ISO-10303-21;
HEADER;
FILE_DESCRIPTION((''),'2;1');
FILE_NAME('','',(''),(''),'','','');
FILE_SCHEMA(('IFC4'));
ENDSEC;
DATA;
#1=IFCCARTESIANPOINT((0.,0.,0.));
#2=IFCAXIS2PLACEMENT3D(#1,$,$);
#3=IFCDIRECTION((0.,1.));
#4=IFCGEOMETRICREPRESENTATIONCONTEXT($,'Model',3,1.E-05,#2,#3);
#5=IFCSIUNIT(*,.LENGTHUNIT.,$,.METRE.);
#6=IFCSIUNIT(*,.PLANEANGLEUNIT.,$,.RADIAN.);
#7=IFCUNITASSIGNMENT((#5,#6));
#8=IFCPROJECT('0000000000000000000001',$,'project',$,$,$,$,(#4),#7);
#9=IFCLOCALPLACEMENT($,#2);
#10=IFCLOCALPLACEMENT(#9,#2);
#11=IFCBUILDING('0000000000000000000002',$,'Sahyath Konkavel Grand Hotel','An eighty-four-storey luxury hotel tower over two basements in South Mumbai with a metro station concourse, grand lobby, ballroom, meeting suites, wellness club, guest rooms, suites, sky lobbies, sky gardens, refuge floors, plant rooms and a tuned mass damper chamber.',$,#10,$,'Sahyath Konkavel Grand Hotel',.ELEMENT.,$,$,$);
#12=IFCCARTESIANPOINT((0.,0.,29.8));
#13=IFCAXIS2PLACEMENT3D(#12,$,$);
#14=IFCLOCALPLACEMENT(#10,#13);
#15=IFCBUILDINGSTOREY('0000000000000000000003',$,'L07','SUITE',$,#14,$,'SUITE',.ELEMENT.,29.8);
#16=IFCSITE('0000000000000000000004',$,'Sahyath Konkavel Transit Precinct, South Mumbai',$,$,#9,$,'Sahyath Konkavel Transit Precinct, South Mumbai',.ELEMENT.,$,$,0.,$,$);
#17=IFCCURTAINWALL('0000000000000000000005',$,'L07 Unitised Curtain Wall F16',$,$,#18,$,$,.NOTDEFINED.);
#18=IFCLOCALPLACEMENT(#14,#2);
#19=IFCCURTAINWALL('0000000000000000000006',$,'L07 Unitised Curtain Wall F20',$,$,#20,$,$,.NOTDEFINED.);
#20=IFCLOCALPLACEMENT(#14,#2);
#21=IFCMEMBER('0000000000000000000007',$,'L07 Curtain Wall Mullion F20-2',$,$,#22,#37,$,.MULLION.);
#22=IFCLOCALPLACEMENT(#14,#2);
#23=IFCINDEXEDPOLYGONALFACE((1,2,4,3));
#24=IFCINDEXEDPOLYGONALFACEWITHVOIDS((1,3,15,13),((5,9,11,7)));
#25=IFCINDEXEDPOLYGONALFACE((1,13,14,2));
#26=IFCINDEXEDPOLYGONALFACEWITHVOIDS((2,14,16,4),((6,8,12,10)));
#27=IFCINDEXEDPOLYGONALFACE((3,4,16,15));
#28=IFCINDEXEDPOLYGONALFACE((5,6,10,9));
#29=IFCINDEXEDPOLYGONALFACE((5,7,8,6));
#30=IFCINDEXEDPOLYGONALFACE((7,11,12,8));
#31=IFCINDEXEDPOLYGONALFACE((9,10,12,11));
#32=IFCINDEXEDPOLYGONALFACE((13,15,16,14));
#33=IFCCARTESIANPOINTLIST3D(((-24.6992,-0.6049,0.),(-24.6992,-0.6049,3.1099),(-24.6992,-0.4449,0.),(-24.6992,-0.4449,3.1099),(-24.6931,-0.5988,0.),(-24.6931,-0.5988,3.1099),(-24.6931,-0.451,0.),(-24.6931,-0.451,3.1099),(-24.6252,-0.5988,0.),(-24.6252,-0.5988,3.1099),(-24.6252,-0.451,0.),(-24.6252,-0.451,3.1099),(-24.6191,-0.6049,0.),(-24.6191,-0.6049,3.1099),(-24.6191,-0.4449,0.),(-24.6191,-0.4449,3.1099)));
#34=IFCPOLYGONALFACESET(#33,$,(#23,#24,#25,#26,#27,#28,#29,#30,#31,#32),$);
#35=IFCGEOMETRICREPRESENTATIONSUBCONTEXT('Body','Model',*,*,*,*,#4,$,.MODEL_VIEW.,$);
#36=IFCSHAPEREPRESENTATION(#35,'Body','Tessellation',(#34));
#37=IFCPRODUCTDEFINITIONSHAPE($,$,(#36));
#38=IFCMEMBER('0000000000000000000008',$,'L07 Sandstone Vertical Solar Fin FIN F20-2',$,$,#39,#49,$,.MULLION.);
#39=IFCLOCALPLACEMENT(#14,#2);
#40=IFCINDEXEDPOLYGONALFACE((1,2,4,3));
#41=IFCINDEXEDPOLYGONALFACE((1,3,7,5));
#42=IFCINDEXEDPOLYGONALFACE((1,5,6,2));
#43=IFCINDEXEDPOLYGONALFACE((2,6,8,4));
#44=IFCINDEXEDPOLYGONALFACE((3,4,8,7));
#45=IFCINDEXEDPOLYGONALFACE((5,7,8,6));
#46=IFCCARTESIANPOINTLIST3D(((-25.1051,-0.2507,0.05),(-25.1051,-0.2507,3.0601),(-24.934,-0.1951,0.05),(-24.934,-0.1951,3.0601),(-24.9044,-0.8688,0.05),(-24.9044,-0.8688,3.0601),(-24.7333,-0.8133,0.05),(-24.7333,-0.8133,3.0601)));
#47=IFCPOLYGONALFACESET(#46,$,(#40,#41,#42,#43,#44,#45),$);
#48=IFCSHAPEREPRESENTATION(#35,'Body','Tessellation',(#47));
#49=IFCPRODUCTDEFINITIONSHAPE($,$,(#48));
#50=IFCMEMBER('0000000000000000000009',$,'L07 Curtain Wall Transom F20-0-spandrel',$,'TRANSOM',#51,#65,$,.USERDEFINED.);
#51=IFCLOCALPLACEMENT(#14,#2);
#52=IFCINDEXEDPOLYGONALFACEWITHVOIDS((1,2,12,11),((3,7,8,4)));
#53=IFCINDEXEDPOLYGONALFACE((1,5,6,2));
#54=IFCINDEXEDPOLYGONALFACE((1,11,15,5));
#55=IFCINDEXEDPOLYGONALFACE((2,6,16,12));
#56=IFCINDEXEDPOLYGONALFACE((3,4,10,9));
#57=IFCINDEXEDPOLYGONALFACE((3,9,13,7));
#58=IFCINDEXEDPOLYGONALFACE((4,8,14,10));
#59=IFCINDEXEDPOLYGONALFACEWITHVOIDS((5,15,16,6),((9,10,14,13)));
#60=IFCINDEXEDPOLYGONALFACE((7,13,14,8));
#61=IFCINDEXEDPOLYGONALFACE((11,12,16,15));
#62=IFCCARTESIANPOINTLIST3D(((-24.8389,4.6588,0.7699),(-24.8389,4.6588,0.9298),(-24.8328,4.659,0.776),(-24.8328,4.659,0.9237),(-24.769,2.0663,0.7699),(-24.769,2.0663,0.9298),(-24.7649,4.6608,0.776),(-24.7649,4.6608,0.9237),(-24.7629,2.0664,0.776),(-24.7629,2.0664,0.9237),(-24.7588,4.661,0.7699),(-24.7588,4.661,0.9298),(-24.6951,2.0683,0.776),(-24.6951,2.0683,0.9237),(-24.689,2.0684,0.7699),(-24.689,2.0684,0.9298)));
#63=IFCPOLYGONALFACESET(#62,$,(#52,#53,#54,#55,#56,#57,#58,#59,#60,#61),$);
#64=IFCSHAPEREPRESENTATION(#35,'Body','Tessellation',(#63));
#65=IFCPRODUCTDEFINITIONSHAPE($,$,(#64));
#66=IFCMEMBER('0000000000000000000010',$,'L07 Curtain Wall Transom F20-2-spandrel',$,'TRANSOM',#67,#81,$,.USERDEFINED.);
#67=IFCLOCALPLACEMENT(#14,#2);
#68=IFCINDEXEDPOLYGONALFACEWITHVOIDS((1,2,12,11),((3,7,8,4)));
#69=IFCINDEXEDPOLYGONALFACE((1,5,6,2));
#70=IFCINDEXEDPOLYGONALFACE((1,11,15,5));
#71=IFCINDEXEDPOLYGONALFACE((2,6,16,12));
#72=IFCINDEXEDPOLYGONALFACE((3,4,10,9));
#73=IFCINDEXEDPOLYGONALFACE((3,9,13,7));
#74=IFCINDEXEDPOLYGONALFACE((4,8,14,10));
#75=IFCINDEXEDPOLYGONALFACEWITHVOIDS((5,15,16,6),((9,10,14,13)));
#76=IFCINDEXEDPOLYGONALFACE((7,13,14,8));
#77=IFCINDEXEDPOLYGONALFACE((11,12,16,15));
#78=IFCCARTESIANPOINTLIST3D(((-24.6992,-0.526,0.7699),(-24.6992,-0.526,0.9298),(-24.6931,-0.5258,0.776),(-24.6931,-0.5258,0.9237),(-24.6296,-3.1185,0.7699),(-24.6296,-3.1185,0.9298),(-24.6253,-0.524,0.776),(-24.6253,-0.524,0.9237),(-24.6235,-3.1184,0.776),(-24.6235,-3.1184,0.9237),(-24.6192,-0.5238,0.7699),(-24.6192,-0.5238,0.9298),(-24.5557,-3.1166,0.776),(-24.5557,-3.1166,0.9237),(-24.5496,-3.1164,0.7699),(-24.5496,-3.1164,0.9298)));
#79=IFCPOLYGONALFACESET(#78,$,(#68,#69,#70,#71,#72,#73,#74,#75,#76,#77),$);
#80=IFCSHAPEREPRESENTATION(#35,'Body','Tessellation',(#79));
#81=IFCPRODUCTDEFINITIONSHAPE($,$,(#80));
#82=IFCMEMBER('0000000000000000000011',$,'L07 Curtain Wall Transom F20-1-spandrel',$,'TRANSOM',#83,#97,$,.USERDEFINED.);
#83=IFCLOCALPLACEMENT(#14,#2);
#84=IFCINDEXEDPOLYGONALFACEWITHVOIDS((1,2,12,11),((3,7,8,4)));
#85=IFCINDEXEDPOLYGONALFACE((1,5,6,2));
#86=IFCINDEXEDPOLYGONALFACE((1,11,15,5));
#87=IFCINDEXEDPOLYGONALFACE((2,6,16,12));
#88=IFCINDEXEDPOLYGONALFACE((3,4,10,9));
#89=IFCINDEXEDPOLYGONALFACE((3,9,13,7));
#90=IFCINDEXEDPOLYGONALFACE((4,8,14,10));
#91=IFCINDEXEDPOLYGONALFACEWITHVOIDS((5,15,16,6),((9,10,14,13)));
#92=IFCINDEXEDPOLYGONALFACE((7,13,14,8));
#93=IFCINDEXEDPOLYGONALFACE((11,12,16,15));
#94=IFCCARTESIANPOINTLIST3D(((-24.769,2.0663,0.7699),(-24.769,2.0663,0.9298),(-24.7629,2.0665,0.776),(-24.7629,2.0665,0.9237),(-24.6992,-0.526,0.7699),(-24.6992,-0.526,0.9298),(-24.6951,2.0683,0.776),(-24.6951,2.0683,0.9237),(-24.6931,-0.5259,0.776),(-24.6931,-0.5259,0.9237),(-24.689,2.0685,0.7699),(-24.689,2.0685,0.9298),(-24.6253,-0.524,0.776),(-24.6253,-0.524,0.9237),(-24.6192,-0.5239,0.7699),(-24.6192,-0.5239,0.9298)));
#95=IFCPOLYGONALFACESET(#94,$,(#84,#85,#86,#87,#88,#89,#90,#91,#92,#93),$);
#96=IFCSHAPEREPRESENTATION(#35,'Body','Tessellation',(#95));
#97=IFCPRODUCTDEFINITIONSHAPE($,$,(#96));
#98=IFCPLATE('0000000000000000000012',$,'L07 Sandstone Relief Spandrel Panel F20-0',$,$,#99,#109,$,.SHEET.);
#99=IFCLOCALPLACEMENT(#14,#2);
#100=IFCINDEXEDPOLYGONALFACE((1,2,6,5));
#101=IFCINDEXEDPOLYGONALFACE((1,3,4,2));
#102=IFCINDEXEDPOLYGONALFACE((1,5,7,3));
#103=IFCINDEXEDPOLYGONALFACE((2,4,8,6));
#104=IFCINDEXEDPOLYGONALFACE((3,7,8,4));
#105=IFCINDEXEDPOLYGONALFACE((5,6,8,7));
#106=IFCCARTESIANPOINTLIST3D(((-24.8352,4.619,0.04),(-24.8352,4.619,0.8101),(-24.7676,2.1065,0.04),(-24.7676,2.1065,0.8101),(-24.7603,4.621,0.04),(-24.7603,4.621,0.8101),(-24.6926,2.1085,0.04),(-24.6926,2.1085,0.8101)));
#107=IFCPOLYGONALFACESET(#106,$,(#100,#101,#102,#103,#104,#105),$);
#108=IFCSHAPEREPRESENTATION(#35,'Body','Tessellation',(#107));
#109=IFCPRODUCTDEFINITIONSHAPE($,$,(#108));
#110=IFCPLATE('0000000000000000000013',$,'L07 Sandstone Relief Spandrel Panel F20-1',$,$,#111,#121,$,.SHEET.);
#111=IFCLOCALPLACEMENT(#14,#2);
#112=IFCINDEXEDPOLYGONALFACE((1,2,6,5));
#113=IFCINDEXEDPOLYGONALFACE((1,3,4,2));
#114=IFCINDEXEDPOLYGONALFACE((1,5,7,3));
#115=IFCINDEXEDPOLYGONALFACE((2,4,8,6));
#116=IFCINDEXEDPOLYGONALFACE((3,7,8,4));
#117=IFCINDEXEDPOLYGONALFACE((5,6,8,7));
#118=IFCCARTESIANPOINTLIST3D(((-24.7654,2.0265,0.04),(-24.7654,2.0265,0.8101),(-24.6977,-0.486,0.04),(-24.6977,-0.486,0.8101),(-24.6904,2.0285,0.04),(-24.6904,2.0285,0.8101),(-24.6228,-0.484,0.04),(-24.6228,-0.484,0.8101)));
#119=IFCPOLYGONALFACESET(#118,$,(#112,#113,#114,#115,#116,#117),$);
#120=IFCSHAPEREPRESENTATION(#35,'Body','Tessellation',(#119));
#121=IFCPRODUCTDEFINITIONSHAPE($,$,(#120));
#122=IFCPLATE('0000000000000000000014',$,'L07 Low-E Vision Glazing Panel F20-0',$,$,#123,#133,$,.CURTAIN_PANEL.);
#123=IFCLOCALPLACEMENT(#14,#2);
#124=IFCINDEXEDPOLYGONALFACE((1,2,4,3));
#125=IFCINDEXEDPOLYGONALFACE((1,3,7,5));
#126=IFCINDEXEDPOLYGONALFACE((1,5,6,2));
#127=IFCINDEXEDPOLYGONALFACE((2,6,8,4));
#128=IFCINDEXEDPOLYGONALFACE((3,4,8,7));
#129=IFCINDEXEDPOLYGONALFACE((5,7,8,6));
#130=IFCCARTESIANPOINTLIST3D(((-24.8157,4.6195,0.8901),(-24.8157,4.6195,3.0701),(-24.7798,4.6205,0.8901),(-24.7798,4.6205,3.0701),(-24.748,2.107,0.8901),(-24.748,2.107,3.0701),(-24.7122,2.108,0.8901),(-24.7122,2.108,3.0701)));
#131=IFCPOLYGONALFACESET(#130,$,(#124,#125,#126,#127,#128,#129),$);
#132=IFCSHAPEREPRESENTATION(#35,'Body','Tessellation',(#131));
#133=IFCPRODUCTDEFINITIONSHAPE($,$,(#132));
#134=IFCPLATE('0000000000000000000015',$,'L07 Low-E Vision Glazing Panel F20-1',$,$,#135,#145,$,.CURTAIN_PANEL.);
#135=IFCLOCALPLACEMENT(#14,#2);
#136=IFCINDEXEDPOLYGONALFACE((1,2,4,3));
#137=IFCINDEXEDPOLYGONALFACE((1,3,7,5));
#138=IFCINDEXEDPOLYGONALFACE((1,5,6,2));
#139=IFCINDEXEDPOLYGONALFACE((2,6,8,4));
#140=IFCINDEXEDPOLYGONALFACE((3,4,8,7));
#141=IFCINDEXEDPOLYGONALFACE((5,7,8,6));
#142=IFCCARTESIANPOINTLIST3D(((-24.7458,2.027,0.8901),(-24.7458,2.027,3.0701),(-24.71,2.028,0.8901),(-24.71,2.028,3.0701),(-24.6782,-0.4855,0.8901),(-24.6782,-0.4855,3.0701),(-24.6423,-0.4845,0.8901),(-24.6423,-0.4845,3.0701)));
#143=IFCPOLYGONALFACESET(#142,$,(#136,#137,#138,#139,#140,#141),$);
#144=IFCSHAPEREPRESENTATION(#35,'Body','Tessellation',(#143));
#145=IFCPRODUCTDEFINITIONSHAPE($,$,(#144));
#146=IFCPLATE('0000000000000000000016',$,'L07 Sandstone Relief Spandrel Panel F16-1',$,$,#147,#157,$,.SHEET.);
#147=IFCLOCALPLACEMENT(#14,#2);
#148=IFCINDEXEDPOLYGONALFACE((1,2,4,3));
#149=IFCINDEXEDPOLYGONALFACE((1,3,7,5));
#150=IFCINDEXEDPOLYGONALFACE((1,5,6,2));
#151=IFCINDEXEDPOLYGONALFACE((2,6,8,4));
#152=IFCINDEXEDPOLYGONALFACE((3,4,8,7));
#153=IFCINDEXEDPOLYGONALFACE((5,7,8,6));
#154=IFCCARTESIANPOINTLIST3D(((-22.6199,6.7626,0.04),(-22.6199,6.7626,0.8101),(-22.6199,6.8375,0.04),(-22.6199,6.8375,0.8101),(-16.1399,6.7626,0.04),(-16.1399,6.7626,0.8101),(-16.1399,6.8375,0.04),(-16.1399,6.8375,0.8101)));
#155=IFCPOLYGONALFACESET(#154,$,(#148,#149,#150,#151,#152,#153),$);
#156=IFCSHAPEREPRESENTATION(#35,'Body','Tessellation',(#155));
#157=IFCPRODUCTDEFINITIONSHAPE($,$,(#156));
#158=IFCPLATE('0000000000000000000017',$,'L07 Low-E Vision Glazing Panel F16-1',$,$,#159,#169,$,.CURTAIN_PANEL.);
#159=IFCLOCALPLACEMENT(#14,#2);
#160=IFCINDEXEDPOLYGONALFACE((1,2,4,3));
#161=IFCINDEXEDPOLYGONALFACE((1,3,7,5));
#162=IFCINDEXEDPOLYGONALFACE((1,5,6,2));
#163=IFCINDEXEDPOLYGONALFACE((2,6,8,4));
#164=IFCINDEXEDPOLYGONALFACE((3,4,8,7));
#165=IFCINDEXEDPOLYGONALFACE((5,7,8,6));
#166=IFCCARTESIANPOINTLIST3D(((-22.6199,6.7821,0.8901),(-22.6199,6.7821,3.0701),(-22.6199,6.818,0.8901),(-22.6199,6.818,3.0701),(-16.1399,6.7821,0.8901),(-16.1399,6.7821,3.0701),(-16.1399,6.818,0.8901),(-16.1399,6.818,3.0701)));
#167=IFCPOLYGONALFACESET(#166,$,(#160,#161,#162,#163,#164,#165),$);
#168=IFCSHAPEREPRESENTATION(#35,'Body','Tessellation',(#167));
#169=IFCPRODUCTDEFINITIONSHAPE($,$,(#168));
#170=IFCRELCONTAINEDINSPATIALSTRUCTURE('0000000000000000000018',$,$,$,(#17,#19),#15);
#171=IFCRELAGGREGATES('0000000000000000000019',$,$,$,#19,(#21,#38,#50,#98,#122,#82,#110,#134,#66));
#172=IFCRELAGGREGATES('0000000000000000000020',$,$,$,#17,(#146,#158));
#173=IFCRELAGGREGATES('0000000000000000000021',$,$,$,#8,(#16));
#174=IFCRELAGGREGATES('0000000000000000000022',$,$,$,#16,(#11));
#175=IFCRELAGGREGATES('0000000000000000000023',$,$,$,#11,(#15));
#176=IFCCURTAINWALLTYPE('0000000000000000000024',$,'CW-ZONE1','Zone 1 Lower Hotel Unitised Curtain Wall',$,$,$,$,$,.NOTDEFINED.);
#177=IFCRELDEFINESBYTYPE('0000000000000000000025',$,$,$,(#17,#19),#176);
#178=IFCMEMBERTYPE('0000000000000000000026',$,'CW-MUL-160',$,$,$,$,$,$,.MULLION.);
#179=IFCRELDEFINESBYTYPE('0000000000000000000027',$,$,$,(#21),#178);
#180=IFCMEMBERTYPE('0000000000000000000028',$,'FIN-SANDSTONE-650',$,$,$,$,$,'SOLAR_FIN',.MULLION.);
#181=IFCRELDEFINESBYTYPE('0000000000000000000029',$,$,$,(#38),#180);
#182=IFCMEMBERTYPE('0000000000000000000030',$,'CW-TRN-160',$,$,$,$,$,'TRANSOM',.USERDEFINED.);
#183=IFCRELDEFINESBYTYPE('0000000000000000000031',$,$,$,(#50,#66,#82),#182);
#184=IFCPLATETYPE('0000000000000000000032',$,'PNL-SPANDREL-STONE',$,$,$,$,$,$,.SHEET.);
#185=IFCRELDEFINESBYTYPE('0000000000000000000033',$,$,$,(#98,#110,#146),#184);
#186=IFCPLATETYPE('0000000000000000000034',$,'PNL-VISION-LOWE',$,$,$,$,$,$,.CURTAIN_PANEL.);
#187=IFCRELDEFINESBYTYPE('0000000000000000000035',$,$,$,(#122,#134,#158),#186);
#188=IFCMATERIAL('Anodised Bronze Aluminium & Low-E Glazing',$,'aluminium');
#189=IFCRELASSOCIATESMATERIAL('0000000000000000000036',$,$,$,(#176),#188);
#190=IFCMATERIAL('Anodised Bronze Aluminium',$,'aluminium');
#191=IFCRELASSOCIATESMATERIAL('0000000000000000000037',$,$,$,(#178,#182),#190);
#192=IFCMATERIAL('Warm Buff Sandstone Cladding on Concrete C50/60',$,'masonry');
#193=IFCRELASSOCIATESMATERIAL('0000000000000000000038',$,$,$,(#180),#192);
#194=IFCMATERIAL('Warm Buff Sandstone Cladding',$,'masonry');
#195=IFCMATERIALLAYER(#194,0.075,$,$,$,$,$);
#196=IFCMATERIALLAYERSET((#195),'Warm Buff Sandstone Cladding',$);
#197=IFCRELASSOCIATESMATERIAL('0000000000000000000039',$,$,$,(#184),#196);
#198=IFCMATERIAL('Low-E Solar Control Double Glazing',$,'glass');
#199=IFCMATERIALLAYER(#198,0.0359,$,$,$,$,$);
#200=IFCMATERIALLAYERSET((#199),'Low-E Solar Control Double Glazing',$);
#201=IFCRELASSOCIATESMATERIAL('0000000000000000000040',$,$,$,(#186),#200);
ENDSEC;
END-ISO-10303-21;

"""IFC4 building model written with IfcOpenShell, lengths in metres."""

from ifc_helpers import new_model, si_unit, direction, frame, origin, origin_2d, place, context, subcontext, project, spatial, rectangle, hollow_rectangle, extrude, source, transform, mapped, material, layer, layer_set, material_profile, profile_set, type_object, element, aggregate, save


model = new_model("IFC4")

# Units and contexts
model_context = context("Model", 3, precision=1e-05, world=origin(), true_north=direction((0.0, 1.0)))
body_context = subcontext(model_context, "Body", "Model", "MODEL_VIEW")
ifc_project = project(units=[si_unit("LENGTHUNIT", "METRE"), si_unit("PLANEANGLEUNIT", "RADIAN")], contexts=[model_context])

# Site, building, storey
site_placement = place(None, origin())
site = spatial("IfcSite", under=ifc_project, at=site_placement, Name="Sahyath Konkavel Transit Precinct, South Mumbai", LongName="Sahyath Konkavel Transit Precinct, South Mumbai", CompositionType="ELEMENT", RefElevation=0.0)
building_placement = place(site_placement, origin())
building = spatial("IfcBuilding", under=site, at=building_placement, Name="Sahyath Konkavel Grand Hotel", Description="An eighty-four-storey luxury hotel tower over two basements in South Mumbai with a metro station concourse, grand lobby, ballroom, meeting suites, wellness club, guest rooms, suites, sky lobbies, sky gardens, refuge floors, plant rooms and a tuned mass damper chamber.", LongName="Sahyath Konkavel Grand Hotel", CompositionType="ELEMENT")
storey_placement = place(building_placement, frame((0.0, 0.0, 29.8)))
storey = spatial("IfcBuildingStorey", under=building, at=storey_placement, Name="L07", Description="SUITE", LongName="SUITE", CompositionType="ELEMENT", Elevation=29.8)

# Curtain wall
ifc_material_1 = material(Name="Anodised Bronze Aluminium & Low-E Glazing", Category="aluminium")
curtain_wall_type = type_object("IfcCurtainWallType", Name="CW-ZONE1", Description="Zone 1 Lower Hotel Unitised Curtain Wall", PredefinedType="NOTDEFINED", material=ifc_material_1)
curtain_wall_1_placement = place(storey_placement, origin())
curtain_wall_1 = element("IfcCurtainWall", 1, at=curtain_wall_1_placement, inside=storey, type_object=curtain_wall_type, Name="L07 Unitised Curtain Wall F16", PredefinedType="NOTDEFINED")
ifc_material_2 = material(Name="Anodised Bronze Aluminium", Category="aluminium")
ifc_material_profile_1 = material_profile(ifc_material_2, hollow_rectangle(XDim=0.0801, YDim=0.1599, WallThickness=0.0061, at=origin_2d()), Name="RHS 160x80x6")
ifc_profile_set_1 = profile_set([ifc_material_profile_1], Name="Anodised Bronze Aluminium")
member_type_1 = type_object("IfcMemberType", Name="CW-MUL-160", PredefinedType="MULLION", material=ifc_profile_set_1)
shared_shape_1 = source(origin(), body_context, "Body", "SweptSolid", [
    extrude(hollow_rectangle(XDim=0.0801, YDim=0.1599, WallThickness=0.0061, at=origin_2d()), origin(), (0.0, 0.0, 1.0), 3.1099),
])

# Curtain wall, members, plates
curtain_wall_2_placement = place(storey_placement, origin())
curtain_wall_2 = element("IfcCurtainWall", 2, at=curtain_wall_2_placement, inside=storey, type_object=curtain_wall_type, Name="L07 Unitised Curtain Wall F20", PredefinedType="NOTDEFINED")
member_1_placement = place(storey_placement, frame((-24.6592, -0.5249, 0.0), z_axis=(0.0, 0.0, 1.0), x_axis=(1.0, 0.0, 0.0)))
member_1 = element("IfcMember", 3, at=member_1_placement, type_object=member_type_1, Name="L07 Curtain Wall Mullion F20-2", PredefinedType="MULLION", context=body_context, shape_type="MappedRepresentation", body=[
    mapped(shared_shape_1, transform((0.0, 0.0, 0.0), scale=1.0)),
])
ifc_material_3 = material(Name="Warm Buff Sandstone Cladding on Concrete C50/60", Category="masonry")
ifc_material_profile_2 = material_profile(ifc_material_3, rectangle(XDim=0.1799, YDim=0.6499, at=origin_2d()), Name="FIN 180x650")
ifc_profile_set_2 = profile_set([ifc_material_profile_2], Name="Warm Buff Sandstone Cladding on Concrete C50/60")
member_type_2 = type_object("IfcMemberType", Name="FIN-SANDSTONE-650", ElementType="SOLAR_FIN", PredefinedType="MULLION", material=ifc_profile_set_2)
shared_shape_2 = source(origin(), body_context, "Body", "SweptSolid", [
    extrude(rectangle(XDim=0.1799, YDim=0.6499, at=origin_2d()), origin(), (0.0, 0.0, 1.0), 3.01),
])
member_2_placement = place(storey_placement, frame((-24.9192, -0.532, 0.05), z_axis=(0.0, 0.0, 1.0), x_axis=(0.95111, 0.308851, 0.0)))
member_2 = element("IfcMember", 4, at=member_2_placement, type_object=member_type_2, Name="L07 Sandstone Vertical Solar Fin FIN F20-2", PredefinedType="MULLION", context=body_context, shape_type="MappedRepresentation", body=[
    mapped(shared_shape_2, transform((0.0, 0.0, 0.0), scale=1.0)),
])
ifc_material_profile_3 = material_profile(ifc_material_2, hollow_rectangle(XDim=0.0801, YDim=0.1599, WallThickness=0.0061, at=origin_2d()), Name="RHS 160x80x6")
ifc_profile_set_3 = profile_set([ifc_material_profile_3], Name="Anodised Bronze Aluminium")
member_type_3 = type_object("IfcMemberType", Name="CW-TRN-160", ElementType="TRANSOM", PredefinedType="USERDEFINED", material=ifc_profile_set_3)
shared_shape_3 = source(origin(), body_context, "Body", "SweptSolid", [
    extrude(hollow_rectangle(XDim=0.0801, YDim=0.1599, WallThickness=0.0061, at=origin_2d()), origin(), (0.0, 0.0, 1.0), 2.5935),
])
member_3_placement = place(storey_placement, frame((-24.7988, 4.6599, 0.8499), z_axis=(0.026923, -0.999638, 0.0), x_axis=(0.999638, 0.026923, 0.0)))
member_3 = element("IfcMember", 5, at=member_3_placement, type_object=member_type_3, Name="L07 Curtain Wall Transom F20-0-spandrel", ObjectType="TRANSOM", PredefinedType="USERDEFINED", context=body_context, shape_type="MappedRepresentation", body=[
    mapped(shared_shape_3, transform((0.0, 0.0, 0.0), scale=1.0)),
])
member_4_placement = place(storey_placement, frame((-24.6592, -0.5249, 0.8499), z_axis=(0.026829, -0.99964, 0.0), x_axis=(0.99964, 0.026829, 0.0)))
member_4 = element("IfcMember", 6, at=member_4_placement, type_object=member_type_3, Name="L07 Curtain Wall Transom F20-2-spandrel", ObjectType="TRANSOM", PredefinedType="USERDEFINED", context=body_context, shape_type="MappedRepresentation", body=[
    mapped(shared_shape_3, transform((0.0, 0.0, 0.0), scale=1.0)),
])
shared_shape_4 = source(origin(), body_context, "Body", "SweptSolid", [
    extrude(hollow_rectangle(XDim=0.0801, YDim=0.1599, WallThickness=0.0061, at=origin_2d()), origin(), (0.0, 0.0, 1.0), 2.5933),
])
member_5_placement = place(storey_placement, frame((-24.729, 2.0674, 0.8499), z_axis=(0.026926, -0.999637, 0.0), x_axis=(0.999637, 0.026926, 0.0)))
member_5 = element("IfcMember", 7, at=member_5_placement, type_object=member_type_3, Name="L07 Curtain Wall Transom F20-1-spandrel", ObjectType="TRANSOM", PredefinedType="USERDEFINED", context=body_context, shape_type="MappedRepresentation", body=[
    mapped(shared_shape_4, transform((0.0, 0.0, 0.0), scale=1.0)),
])
ifc_material_4 = material(Name="Warm Buff Sandstone Cladding", Category="masonry")
ifc_layer_1 = layer(ifc_material_4, 0.075)
ifc_layer_set_1 = layer_set([ifc_layer_1], Name="Warm Buff Sandstone Cladding")
plate_type_1 = type_object("IfcPlateType", Name="PNL-SPANDREL-STONE", PredefinedType="SHEET", material=ifc_layer_set_1)
shared_shape_5 = source(origin(), body_context, "Body", "SweptSolid", [
    extrude(rectangle(XDim=2.5134, YDim=0.075, at=origin_2d()), origin(), (0.0, 0.0, 1.0), 0.77),
])
plate_1_placement = place(storey_placement, frame((-24.7639, 3.3638, 0.04), z_axis=(0.0, 0.0, 1.0), x_axis=(0.02691, -0.999638, 0.0)))
plate_1 = element("IfcPlate", 8, at=plate_1_placement, type_object=plate_type_1, Name="L07 Sandstone Relief Spandrel Panel F20-0", PredefinedType="SHEET", context=body_context, shape_type="MappedRepresentation", body=[
    mapped(shared_shape_5, transform((0.0, 0.0, 0.0), scale=1.0)),
])
plate_2_placement = place(storey_placement, frame((-24.6941, 0.7712, 0.04), z_axis=(0.0, 0.0, 1.0), x_axis=(0.02691, -0.999638, 0.0)))
plate_2 = element("IfcPlate", 9, at=plate_2_placement, type_object=plate_type_1, Name="L07 Sandstone Relief Spandrel Panel F20-1", PredefinedType="SHEET", context=body_context, shape_type="MappedRepresentation", body=[
    mapped(shared_shape_5, transform((0.0, 0.0, 0.0), scale=1.0)),
])
ifc_material_5 = material(Name="Low-E Solar Control Double Glazing", Category="glass")
ifc_layer_2 = layer(ifc_material_5, 0.0359)
ifc_layer_set_2 = layer_set([ifc_layer_2], Name="Low-E Solar Control Double Glazing")
plate_type_2 = type_object("IfcPlateType", Name="PNL-VISION-LOWE", PredefinedType="CURTAIN_PANEL", material=ifc_layer_set_2)
shared_shape_6 = source(origin(), body_context, "Body", "SweptSolid", [
    extrude(rectangle(XDim=2.5134, YDim=0.0359, at=origin_2d()), origin(), (0.0, 0.0, 1.0), 2.1799),
])
plate_3_placement = place(storey_placement, frame((-24.7639, 3.3638, 0.8901), z_axis=(0.0, 0.0, 1.0), x_axis=(0.02691, -0.999638, 0.0)))
plate_3 = element("IfcPlate", 10, at=plate_3_placement, type_object=plate_type_2, Name="L07 Low-E Vision Glazing Panel F20-0", PredefinedType="CURTAIN_PANEL", context=body_context, shape_type="MappedRepresentation", body=[
    mapped(shared_shape_6, transform((0.0, 0.0, 0.0), scale=1.0)),
])
plate_4_placement = place(storey_placement, frame((-24.6941, 0.7712, 0.8901), z_axis=(0.0, 0.0, 1.0), x_axis=(0.02691, -0.999638, 0.0)))
plate_4 = element("IfcPlate", 11, at=plate_4_placement, type_object=plate_type_2, Name="L07 Low-E Vision Glazing Panel F20-1", PredefinedType="CURTAIN_PANEL", context=body_context, shape_type="MappedRepresentation", body=[
    mapped(shared_shape_6, transform((0.0, 0.0, 0.0), scale=1.0)),
])
aggregate(curtain_wall_2, [member_1, member_2, member_3, plate_1, plate_3, member_5, plate_2, plate_4, member_4])

# Plates
shared_shape_7 = source(origin(), body_context, "Body", "SweptSolid", [
    extrude(rectangle(XDim=6.48, YDim=0.075, at=origin_2d()), origin(), (0.0, 0.0, 1.0), 0.77),
])
plate_5_placement = place(storey_placement, frame((-19.3799, 6.8, 0.04), z_axis=(0.0, 0.0, 1.0), x_axis=(-1.0, 0.0, 0.0)))
plate_5 = element("IfcPlate", 12, at=plate_5_placement, type_object=plate_type_1, Name="L07 Sandstone Relief Spandrel Panel F16-1", PredefinedType="SHEET", context=body_context, shape_type="MappedRepresentation", body=[
    mapped(shared_shape_7, transform((0.0, 0.0, 0.0), scale=1.0)),
])
shared_shape_8 = source(origin(), body_context, "Body", "SweptSolid", [
    extrude(rectangle(XDim=6.48, YDim=0.0359, at=origin_2d()), origin(), (0.0, 0.0, 1.0), 2.1799),
])
plate_6_placement = place(storey_placement, frame((-19.3799, 6.8, 0.8901), z_axis=(0.0, 0.0, 1.0), x_axis=(-1.0, 0.0, 0.0)))
plate_6 = element("IfcPlate", 13, at=plate_6_placement, type_object=plate_type_2, Name="L07 Low-E Vision Glazing Panel F16-1", PredefinedType="CURTAIN_PANEL", context=body_context, shape_type="MappedRepresentation", body=[
    mapped(shared_shape_8, transform((0.0, 0.0, 0.0), scale=1.0)),
])
aggregate(curtain_wall_1, [plate_5, plate_6])

save(model, "model.ifc")
